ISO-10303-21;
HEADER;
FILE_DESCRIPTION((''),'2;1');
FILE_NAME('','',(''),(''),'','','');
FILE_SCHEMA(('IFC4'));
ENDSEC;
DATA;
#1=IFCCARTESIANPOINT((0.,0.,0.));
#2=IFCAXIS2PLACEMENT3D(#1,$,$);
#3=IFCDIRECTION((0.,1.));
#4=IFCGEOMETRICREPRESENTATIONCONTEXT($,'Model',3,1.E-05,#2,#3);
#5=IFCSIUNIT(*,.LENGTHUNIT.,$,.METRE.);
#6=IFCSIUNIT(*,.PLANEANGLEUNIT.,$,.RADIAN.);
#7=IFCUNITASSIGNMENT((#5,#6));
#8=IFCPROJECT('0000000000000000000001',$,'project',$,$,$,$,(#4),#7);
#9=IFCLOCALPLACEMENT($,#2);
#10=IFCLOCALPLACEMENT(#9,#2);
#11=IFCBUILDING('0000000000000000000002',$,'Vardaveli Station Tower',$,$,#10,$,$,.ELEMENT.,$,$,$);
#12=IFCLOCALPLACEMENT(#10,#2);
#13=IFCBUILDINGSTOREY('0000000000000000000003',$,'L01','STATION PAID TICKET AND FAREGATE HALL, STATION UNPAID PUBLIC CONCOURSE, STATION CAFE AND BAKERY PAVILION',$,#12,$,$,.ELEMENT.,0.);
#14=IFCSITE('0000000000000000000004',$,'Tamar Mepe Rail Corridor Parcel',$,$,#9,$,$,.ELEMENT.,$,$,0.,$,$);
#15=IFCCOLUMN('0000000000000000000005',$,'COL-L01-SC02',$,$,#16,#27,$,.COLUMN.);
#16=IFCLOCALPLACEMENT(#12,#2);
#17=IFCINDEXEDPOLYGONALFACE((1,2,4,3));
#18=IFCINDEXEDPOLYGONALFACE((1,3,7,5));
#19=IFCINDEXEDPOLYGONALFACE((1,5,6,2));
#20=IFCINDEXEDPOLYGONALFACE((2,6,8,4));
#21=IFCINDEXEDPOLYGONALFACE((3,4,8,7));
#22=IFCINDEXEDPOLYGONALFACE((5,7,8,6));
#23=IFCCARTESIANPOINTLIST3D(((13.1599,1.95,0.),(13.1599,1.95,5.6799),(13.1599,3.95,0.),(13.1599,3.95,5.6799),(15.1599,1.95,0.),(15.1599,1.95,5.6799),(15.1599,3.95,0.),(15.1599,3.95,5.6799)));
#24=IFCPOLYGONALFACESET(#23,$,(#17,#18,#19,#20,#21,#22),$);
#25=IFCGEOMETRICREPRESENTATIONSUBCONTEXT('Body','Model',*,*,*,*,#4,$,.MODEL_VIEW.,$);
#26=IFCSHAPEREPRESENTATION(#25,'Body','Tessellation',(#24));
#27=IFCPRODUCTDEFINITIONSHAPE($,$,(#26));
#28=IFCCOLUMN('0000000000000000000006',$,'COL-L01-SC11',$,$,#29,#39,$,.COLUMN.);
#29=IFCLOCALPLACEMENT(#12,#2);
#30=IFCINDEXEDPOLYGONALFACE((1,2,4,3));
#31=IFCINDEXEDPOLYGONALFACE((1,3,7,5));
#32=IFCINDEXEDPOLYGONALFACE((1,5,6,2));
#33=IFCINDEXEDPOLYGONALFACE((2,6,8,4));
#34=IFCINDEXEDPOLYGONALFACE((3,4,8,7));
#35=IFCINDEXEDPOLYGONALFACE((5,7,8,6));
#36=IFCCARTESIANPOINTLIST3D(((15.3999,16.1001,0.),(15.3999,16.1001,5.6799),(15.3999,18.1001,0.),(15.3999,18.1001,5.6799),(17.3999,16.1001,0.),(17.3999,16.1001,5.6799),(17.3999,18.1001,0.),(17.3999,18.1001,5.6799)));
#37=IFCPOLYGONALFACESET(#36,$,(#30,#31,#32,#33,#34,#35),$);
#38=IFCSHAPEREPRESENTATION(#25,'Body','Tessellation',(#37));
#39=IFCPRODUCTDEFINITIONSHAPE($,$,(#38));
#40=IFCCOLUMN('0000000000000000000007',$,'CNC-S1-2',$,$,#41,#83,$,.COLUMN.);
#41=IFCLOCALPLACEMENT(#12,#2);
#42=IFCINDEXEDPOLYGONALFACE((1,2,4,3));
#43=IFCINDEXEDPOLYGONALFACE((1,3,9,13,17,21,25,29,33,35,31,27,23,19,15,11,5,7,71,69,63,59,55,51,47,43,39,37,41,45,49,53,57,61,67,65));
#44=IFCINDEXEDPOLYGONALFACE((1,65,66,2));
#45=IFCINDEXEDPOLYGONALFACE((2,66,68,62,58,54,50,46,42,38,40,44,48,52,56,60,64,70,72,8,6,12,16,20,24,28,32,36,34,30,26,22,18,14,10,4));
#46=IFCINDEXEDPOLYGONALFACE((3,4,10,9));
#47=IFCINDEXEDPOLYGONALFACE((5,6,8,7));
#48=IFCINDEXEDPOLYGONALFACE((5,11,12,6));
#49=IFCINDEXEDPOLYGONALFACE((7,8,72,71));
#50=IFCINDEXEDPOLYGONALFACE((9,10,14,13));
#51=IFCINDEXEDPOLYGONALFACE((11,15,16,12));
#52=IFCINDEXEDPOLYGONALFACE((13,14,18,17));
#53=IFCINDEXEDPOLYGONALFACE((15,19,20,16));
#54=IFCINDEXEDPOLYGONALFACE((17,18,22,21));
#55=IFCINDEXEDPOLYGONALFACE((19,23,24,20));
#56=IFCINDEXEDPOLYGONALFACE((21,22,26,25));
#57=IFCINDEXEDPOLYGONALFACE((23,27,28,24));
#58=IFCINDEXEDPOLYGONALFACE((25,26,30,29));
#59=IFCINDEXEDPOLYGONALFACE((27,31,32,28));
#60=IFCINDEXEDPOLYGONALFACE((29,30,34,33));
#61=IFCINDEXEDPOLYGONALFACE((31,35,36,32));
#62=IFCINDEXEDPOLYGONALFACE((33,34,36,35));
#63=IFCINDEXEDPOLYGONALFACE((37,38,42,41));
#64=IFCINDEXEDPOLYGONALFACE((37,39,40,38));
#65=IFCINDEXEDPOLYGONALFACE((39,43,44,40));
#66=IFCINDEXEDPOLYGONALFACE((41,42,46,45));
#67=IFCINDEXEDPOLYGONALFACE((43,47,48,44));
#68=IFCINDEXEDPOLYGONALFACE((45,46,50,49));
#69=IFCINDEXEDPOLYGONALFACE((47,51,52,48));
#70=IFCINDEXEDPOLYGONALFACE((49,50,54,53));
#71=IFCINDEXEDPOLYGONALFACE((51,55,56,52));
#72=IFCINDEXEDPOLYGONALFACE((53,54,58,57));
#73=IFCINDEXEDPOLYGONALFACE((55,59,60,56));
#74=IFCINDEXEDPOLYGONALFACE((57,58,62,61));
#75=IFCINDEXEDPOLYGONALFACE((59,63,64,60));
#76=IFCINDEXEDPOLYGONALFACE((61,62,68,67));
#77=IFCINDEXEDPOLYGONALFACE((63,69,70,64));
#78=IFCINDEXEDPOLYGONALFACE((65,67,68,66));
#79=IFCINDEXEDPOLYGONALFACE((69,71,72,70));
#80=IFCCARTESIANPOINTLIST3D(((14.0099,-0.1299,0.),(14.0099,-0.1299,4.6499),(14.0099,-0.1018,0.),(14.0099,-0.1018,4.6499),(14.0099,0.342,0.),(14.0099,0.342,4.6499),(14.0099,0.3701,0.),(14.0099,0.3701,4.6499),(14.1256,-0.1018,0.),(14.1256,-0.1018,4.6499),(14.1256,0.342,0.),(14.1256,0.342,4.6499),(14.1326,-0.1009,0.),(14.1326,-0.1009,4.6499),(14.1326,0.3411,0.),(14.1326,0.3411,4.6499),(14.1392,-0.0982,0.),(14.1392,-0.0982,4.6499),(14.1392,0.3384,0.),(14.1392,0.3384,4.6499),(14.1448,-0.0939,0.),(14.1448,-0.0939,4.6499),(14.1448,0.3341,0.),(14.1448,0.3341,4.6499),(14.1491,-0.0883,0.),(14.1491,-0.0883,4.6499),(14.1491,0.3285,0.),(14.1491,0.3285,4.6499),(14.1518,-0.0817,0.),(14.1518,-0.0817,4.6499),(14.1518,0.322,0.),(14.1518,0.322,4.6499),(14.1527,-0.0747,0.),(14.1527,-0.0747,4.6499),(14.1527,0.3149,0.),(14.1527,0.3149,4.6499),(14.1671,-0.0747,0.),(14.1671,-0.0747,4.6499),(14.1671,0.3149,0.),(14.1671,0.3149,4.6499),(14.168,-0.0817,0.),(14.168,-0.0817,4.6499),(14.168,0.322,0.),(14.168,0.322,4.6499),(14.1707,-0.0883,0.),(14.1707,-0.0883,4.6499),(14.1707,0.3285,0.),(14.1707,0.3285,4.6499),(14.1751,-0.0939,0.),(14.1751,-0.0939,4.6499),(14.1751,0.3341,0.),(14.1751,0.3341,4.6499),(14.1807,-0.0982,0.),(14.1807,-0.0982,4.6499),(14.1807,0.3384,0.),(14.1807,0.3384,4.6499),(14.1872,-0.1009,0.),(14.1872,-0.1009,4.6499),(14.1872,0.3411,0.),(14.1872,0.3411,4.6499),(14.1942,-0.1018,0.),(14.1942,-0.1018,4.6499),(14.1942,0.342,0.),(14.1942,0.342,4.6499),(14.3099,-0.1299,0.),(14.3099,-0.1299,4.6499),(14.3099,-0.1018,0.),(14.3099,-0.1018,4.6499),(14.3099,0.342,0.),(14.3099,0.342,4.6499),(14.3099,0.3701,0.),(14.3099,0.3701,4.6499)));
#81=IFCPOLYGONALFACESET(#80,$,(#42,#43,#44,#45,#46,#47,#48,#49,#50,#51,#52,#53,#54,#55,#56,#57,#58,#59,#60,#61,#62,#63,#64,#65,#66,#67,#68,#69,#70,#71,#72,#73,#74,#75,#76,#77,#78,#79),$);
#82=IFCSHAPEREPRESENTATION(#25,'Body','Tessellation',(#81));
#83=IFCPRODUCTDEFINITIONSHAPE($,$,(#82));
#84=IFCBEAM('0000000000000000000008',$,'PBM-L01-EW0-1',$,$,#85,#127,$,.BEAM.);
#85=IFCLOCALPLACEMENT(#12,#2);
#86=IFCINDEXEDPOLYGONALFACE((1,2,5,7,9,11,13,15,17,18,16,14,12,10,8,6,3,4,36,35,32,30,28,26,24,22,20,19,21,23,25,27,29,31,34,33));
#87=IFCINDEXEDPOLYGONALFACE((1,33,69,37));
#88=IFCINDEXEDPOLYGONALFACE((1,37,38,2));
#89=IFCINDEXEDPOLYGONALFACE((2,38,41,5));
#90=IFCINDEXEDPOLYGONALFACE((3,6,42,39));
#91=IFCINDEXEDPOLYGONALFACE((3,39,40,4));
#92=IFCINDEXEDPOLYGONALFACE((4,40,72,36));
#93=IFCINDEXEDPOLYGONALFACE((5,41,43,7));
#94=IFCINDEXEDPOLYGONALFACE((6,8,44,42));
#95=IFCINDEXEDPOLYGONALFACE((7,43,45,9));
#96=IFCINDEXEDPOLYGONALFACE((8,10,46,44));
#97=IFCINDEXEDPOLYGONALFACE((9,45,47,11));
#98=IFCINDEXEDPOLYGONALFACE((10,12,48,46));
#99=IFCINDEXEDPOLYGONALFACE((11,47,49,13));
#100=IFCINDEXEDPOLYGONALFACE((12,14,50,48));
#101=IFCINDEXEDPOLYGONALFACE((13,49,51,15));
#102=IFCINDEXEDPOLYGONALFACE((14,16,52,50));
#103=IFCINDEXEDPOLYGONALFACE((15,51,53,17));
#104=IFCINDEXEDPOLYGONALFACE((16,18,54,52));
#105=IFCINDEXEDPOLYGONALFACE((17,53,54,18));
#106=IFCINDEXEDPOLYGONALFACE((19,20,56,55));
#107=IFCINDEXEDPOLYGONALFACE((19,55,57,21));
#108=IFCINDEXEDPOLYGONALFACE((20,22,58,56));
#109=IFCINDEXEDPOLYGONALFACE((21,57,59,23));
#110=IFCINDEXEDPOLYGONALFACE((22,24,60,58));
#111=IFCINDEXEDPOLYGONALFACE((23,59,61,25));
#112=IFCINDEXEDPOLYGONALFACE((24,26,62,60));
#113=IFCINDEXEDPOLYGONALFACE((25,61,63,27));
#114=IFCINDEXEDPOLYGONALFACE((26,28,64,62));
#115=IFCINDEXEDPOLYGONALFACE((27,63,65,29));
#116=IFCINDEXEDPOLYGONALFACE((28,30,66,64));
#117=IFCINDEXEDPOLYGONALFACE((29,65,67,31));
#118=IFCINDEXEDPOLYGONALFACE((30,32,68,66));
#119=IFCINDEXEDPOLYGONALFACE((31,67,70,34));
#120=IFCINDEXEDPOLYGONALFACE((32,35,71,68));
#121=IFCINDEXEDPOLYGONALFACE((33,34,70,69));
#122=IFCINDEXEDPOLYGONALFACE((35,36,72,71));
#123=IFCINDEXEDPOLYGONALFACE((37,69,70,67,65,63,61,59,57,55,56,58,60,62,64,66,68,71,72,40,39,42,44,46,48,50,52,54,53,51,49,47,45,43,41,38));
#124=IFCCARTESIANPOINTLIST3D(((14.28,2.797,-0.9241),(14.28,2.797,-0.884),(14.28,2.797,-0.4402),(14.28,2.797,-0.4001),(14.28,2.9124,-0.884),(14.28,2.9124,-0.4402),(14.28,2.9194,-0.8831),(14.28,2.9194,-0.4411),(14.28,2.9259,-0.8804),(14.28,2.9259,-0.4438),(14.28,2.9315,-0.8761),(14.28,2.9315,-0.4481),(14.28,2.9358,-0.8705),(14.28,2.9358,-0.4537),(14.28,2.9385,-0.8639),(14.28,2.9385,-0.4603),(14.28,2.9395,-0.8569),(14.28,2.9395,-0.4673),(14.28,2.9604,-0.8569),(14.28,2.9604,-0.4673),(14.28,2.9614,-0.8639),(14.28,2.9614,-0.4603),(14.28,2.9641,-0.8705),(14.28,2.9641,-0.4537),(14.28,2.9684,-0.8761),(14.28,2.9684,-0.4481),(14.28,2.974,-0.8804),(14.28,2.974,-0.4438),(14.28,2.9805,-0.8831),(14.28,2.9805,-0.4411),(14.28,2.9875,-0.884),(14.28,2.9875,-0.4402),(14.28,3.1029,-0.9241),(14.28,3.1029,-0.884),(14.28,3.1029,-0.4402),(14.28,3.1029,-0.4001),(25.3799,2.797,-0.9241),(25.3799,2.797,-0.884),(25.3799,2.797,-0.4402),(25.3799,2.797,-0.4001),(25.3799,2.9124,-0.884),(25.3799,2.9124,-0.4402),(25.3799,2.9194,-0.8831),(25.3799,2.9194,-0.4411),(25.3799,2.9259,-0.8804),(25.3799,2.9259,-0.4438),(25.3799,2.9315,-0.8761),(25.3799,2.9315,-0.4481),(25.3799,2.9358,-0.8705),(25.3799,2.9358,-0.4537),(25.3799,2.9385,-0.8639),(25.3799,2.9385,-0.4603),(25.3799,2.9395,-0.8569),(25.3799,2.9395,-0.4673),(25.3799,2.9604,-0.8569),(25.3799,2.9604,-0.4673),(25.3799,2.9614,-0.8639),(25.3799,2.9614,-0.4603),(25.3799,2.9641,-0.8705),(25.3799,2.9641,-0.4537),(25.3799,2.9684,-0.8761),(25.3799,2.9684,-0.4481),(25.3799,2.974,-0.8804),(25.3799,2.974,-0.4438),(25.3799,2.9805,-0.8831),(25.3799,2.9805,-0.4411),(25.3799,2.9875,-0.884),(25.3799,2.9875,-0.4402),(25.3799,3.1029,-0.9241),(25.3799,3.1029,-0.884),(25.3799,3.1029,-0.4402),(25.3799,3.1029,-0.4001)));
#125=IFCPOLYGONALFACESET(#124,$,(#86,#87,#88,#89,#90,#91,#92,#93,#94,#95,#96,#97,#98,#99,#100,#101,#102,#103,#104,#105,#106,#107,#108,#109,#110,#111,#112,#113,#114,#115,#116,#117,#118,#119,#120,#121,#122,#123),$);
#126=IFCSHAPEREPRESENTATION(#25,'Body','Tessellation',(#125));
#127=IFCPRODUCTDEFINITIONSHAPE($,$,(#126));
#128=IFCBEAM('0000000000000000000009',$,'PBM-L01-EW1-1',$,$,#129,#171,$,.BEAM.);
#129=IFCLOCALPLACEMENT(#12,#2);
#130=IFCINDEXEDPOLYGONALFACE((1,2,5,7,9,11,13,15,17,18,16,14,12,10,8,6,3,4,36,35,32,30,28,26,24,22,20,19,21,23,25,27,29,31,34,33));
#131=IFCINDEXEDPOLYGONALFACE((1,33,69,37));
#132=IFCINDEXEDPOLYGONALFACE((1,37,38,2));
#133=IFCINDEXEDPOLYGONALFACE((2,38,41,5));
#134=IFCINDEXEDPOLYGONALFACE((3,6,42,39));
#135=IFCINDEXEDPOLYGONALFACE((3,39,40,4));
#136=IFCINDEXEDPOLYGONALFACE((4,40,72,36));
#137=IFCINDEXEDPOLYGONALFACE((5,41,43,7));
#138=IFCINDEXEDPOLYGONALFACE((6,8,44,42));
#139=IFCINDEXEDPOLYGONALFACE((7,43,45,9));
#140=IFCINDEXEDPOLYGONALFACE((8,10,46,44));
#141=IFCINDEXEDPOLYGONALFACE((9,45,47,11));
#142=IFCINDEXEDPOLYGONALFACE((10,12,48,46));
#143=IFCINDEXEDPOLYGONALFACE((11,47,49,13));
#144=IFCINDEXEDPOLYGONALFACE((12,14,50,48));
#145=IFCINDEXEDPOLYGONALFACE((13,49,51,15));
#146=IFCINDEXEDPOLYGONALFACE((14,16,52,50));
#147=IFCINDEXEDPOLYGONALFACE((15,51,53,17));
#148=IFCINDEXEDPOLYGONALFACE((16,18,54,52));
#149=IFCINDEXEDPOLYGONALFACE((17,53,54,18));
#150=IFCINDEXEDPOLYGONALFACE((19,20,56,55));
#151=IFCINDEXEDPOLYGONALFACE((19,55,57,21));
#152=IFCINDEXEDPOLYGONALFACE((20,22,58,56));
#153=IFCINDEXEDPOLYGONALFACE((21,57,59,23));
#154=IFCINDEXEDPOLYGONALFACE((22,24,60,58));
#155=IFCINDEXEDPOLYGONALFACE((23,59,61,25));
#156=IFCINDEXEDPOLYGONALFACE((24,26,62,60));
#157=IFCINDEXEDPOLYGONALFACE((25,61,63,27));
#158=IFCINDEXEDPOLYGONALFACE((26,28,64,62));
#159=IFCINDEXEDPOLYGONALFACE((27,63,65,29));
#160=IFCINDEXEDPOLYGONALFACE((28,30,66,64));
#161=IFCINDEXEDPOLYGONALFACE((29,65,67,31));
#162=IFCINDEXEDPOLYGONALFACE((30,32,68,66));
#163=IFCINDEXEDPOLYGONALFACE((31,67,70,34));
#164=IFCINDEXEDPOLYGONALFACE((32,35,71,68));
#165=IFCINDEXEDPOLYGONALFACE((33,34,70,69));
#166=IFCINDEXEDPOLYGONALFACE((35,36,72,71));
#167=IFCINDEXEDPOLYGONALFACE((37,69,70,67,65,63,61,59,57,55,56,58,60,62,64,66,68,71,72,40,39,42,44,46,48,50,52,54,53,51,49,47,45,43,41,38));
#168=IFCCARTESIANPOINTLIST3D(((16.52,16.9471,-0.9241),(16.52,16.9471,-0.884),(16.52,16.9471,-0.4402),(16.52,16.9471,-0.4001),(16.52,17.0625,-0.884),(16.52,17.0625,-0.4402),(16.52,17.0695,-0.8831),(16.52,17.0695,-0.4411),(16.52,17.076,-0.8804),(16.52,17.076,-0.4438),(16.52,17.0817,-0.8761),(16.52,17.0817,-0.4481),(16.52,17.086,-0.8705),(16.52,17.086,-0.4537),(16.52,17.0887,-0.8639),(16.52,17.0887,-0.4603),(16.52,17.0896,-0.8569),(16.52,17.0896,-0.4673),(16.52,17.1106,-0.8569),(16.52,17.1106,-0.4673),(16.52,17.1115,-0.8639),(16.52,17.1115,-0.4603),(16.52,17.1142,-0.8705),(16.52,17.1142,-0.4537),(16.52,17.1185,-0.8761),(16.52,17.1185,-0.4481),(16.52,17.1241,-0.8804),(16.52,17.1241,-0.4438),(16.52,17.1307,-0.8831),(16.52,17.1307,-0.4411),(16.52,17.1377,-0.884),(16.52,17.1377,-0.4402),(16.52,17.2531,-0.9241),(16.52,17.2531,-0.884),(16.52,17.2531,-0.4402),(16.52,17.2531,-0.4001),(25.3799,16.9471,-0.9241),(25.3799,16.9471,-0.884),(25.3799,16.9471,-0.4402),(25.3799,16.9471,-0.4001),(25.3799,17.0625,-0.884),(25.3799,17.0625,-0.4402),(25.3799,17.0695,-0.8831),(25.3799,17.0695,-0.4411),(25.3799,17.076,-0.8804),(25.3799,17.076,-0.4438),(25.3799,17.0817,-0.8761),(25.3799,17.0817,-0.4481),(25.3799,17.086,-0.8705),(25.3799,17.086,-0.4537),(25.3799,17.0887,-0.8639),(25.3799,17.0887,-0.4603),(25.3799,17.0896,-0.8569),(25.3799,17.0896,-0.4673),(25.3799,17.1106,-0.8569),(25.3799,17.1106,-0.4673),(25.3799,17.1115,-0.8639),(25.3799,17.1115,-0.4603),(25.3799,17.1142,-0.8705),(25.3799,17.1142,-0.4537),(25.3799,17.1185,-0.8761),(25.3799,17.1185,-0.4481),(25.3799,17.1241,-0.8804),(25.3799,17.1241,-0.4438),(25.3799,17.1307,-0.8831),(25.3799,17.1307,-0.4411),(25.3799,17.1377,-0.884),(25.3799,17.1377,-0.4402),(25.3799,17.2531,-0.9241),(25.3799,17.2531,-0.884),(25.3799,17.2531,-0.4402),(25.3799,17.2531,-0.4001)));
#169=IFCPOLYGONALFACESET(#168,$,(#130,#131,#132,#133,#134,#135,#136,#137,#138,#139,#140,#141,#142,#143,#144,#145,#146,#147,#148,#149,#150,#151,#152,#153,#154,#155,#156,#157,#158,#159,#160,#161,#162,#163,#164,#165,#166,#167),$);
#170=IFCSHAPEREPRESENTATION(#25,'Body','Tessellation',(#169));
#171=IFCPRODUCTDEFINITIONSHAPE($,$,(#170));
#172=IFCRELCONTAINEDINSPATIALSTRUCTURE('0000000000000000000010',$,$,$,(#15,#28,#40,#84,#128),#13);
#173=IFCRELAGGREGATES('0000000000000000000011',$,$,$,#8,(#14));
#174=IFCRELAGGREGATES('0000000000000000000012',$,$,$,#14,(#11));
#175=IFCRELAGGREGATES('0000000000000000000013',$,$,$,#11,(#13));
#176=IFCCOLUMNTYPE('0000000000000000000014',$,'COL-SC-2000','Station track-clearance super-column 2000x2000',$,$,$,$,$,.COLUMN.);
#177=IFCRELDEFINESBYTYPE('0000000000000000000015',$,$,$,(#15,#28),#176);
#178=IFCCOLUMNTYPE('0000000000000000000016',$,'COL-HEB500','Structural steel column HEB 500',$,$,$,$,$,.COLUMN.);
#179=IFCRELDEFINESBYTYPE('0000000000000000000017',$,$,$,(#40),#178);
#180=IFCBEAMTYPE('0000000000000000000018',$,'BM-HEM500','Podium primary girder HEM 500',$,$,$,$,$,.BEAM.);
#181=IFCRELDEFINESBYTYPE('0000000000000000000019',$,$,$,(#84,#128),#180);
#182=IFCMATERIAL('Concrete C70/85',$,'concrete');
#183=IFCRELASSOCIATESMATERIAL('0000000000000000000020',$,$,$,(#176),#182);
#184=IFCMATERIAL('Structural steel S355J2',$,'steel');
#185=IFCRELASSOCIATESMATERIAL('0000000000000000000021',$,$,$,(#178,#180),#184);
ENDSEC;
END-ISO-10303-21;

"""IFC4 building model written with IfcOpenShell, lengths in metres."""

from ifc_helpers import new_model, si_unit, direction, frame, origin, origin_2d, place, context, subcontext, project, spatial, rectangle, i_section, extrude, source, transform, mapped, material, material_profile, profile_set, type_object, element, save


model = new_model("IFC4")

# Units and contexts
model_context = context("Model", 3, precision=1e-05, world=origin(), true_north=direction((0.0, 1.0)))
body_context = subcontext(model_context, "Body", "Model", "MODEL_VIEW")
ifc_project = project(units=[si_unit("LENGTHUNIT", "METRE"), si_unit("PLANEANGLEUNIT", "RADIAN")], contexts=[model_context])

# Site, building, storey
site_placement = place(None, origin())
site = spatial("IfcSite", under=ifc_project, at=site_placement, Name="Tamar Mepe Rail Corridor Parcel", CompositionType="ELEMENT", RefElevation=0.0)
building_placement = place(site_placement, origin())
building = spatial("IfcBuilding", under=site, at=building_placement, Name="Vardaveli Station Tower", CompositionType="ELEMENT")
storey_placement = place(building_placement, origin())
storey = spatial("IfcBuildingStorey", under=building, at=storey_placement, Name="L01", Description="STATION PAID TICKET AND FAREGATE HALL, STATION UNPAID PUBLIC CONCOURSE, STATION CAFE AND BAKERY PAVILION", CompositionType="ELEMENT", Elevation=0.0)

# Columns
ifc_material_1 = material(Name="Concrete C70/85", Category="concrete")
ifc_material_profile_1 = material_profile(ifc_material_1, rectangle(XDim=2.0, YDim=2.0, at=origin_2d()), Name="SC 2000x2000")
ifc_profile_set_1 = profile_set([ifc_material_profile_1], Name="Concrete C70/85")
column_type_1 = type_object("IfcColumnType", Name="COL-SC-2000", Description="Station track-clearance super-column 2000x2000", PredefinedType="COLUMN", material=ifc_profile_set_1)
shared_shape_1 = source(origin(), body_context, "Body", "SweptSolid", [
    extrude(rectangle(XDim=2.0, YDim=2.0, at=origin_2d()), origin(), (0.0, 0.0, 1.0), 5.6799),
])
for number, where, z_axis, x_axis, name in (
    (1, (14.1599, 2.95, 0.0), (0.0, 0.0, 1.0), (1.0, 0.0, 0.0), "COL-L01-SC02"),
    (2, (16.3999, 17.1001, 0.0), (0.0, 0.0, 1.0), (1.0, 0.0, 0.0), "COL-L01-SC11"),
):
    element("IfcColumn", number, at=place(storey_placement, frame(where, z_axis=z_axis, x_axis=x_axis)), inside=storey, type_object=column_type_1, Name=name, PredefinedType="COLUMN", context=body_context, shape_type="MappedRepresentation", body=[
        mapped(shared_shape_1, transform((0.0, 0.0, 0.0), scale=1.0)),
    ])
ifc_material_2 = material(Name="Structural steel S355J2", Category="steel")
ifc_material_profile_2 = material_profile(ifc_material_2, i_section(OverallWidth=0.3, OverallDepth=0.5, WebThickness=0.0144, FlangeThickness=0.0281, FilletRadius=0.0271, at=origin_2d()), Name="HEB 500")
ifc_profile_set_2 = profile_set([ifc_material_profile_2], Name="Structural steel S355J2")
column_type_2 = type_object("IfcColumnType", Name="COL-HEB500", Description="Structural steel column HEB 500", PredefinedType="COLUMN", material=ifc_profile_set_2)
shared_shape_2 = source(origin(), body_context, "Body", "SweptSolid", [
    extrude(i_section(OverallWidth=0.3, OverallDepth=0.5, WebThickness=0.0144, FlangeThickness=0.0281, FilletRadius=0.0271, at=origin_2d()), origin(), (0.0, 0.0, 1.0), 4.6499),
])
column_placement = place(storey_placement, frame((14.1599, 0.1201, 0.0), z_axis=(0.0, 0.0, 1.0), x_axis=(1.0, 0.0, 0.0)))
element("IfcColumn", 3, at=column_placement, inside=storey, type_object=column_type_2, Name="CNC-S1-2", PredefinedType="COLUMN", context=body_context, shape_type="MappedRepresentation", body=[
    mapped(shared_shape_2, transform((0.0, 0.0, 0.0), scale=1.0)),
])

# Beams
ifc_material_profile_3 = material_profile(ifc_material_2, i_section(OverallWidth=0.3059, OverallDepth=0.5239, WebThickness=0.021, FlangeThickness=0.04, FilletRadius=0.0271, at=origin_2d()), Name="HEM 500")
ifc_profile_set_3 = profile_set([ifc_material_profile_3], Name="Structural steel S355J2")
beam_type_1 = type_object("IfcBeamType", Name="BM-HEM500", Description="Podium primary girder HEM 500", PredefinedType="BEAM", material=ifc_profile_set_3)
shared_shape_3 = source(origin(), body_context, "Body", "SweptSolid", [
    extrude(i_section(OverallWidth=0.3059, OverallDepth=0.5239, WebThickness=0.021, FlangeThickness=0.04, FilletRadius=0.0271, at=origin_2d()), origin(), (0.0, 0.0, 1.0), 11.0999),
])
beam_1_placement = place(storey_placement, frame((14.28, 2.95, -0.6621), z_axis=(1.0, 0.0, 0.0), x_axis=(0.0, 1.0, 0.0)))
element("IfcBeam", 4, at=beam_1_placement, inside=storey, type_object=beam_type_1, Name="PBM-L01-EW0-1", PredefinedType="BEAM", context=body_context, shape_type="MappedRepresentation", body=[
    mapped(shared_shape_3, transform((0.0, 0.0, 0.0), scale=1.0)),
])
shared_shape_4 = source(origin(), body_context, "Body", "SweptSolid", [
    extrude(i_section(OverallWidth=0.3059, OverallDepth=0.5239, WebThickness=0.021, FlangeThickness=0.04, FilletRadius=0.0271, at=origin_2d()), origin(), (0.0, 0.0, 1.0), 8.8599),
])
beam_2_placement = place(storey_placement, frame((16.52, 17.1001, -0.6621), z_axis=(1.0, 0.0, 0.0), x_axis=(0.0, 1.0, 0.0)))
element("IfcBeam", 5, at=beam_2_placement, inside=storey, type_object=beam_type_1, Name="PBM-L01-EW1-1", PredefinedType="BEAM", context=body_context, shape_type="MappedRepresentation", body=[
    mapped(shared_shape_4, transform((0.0, 0.0, 0.0), scale=1.0)),
])

save(model, "model.ifc")
